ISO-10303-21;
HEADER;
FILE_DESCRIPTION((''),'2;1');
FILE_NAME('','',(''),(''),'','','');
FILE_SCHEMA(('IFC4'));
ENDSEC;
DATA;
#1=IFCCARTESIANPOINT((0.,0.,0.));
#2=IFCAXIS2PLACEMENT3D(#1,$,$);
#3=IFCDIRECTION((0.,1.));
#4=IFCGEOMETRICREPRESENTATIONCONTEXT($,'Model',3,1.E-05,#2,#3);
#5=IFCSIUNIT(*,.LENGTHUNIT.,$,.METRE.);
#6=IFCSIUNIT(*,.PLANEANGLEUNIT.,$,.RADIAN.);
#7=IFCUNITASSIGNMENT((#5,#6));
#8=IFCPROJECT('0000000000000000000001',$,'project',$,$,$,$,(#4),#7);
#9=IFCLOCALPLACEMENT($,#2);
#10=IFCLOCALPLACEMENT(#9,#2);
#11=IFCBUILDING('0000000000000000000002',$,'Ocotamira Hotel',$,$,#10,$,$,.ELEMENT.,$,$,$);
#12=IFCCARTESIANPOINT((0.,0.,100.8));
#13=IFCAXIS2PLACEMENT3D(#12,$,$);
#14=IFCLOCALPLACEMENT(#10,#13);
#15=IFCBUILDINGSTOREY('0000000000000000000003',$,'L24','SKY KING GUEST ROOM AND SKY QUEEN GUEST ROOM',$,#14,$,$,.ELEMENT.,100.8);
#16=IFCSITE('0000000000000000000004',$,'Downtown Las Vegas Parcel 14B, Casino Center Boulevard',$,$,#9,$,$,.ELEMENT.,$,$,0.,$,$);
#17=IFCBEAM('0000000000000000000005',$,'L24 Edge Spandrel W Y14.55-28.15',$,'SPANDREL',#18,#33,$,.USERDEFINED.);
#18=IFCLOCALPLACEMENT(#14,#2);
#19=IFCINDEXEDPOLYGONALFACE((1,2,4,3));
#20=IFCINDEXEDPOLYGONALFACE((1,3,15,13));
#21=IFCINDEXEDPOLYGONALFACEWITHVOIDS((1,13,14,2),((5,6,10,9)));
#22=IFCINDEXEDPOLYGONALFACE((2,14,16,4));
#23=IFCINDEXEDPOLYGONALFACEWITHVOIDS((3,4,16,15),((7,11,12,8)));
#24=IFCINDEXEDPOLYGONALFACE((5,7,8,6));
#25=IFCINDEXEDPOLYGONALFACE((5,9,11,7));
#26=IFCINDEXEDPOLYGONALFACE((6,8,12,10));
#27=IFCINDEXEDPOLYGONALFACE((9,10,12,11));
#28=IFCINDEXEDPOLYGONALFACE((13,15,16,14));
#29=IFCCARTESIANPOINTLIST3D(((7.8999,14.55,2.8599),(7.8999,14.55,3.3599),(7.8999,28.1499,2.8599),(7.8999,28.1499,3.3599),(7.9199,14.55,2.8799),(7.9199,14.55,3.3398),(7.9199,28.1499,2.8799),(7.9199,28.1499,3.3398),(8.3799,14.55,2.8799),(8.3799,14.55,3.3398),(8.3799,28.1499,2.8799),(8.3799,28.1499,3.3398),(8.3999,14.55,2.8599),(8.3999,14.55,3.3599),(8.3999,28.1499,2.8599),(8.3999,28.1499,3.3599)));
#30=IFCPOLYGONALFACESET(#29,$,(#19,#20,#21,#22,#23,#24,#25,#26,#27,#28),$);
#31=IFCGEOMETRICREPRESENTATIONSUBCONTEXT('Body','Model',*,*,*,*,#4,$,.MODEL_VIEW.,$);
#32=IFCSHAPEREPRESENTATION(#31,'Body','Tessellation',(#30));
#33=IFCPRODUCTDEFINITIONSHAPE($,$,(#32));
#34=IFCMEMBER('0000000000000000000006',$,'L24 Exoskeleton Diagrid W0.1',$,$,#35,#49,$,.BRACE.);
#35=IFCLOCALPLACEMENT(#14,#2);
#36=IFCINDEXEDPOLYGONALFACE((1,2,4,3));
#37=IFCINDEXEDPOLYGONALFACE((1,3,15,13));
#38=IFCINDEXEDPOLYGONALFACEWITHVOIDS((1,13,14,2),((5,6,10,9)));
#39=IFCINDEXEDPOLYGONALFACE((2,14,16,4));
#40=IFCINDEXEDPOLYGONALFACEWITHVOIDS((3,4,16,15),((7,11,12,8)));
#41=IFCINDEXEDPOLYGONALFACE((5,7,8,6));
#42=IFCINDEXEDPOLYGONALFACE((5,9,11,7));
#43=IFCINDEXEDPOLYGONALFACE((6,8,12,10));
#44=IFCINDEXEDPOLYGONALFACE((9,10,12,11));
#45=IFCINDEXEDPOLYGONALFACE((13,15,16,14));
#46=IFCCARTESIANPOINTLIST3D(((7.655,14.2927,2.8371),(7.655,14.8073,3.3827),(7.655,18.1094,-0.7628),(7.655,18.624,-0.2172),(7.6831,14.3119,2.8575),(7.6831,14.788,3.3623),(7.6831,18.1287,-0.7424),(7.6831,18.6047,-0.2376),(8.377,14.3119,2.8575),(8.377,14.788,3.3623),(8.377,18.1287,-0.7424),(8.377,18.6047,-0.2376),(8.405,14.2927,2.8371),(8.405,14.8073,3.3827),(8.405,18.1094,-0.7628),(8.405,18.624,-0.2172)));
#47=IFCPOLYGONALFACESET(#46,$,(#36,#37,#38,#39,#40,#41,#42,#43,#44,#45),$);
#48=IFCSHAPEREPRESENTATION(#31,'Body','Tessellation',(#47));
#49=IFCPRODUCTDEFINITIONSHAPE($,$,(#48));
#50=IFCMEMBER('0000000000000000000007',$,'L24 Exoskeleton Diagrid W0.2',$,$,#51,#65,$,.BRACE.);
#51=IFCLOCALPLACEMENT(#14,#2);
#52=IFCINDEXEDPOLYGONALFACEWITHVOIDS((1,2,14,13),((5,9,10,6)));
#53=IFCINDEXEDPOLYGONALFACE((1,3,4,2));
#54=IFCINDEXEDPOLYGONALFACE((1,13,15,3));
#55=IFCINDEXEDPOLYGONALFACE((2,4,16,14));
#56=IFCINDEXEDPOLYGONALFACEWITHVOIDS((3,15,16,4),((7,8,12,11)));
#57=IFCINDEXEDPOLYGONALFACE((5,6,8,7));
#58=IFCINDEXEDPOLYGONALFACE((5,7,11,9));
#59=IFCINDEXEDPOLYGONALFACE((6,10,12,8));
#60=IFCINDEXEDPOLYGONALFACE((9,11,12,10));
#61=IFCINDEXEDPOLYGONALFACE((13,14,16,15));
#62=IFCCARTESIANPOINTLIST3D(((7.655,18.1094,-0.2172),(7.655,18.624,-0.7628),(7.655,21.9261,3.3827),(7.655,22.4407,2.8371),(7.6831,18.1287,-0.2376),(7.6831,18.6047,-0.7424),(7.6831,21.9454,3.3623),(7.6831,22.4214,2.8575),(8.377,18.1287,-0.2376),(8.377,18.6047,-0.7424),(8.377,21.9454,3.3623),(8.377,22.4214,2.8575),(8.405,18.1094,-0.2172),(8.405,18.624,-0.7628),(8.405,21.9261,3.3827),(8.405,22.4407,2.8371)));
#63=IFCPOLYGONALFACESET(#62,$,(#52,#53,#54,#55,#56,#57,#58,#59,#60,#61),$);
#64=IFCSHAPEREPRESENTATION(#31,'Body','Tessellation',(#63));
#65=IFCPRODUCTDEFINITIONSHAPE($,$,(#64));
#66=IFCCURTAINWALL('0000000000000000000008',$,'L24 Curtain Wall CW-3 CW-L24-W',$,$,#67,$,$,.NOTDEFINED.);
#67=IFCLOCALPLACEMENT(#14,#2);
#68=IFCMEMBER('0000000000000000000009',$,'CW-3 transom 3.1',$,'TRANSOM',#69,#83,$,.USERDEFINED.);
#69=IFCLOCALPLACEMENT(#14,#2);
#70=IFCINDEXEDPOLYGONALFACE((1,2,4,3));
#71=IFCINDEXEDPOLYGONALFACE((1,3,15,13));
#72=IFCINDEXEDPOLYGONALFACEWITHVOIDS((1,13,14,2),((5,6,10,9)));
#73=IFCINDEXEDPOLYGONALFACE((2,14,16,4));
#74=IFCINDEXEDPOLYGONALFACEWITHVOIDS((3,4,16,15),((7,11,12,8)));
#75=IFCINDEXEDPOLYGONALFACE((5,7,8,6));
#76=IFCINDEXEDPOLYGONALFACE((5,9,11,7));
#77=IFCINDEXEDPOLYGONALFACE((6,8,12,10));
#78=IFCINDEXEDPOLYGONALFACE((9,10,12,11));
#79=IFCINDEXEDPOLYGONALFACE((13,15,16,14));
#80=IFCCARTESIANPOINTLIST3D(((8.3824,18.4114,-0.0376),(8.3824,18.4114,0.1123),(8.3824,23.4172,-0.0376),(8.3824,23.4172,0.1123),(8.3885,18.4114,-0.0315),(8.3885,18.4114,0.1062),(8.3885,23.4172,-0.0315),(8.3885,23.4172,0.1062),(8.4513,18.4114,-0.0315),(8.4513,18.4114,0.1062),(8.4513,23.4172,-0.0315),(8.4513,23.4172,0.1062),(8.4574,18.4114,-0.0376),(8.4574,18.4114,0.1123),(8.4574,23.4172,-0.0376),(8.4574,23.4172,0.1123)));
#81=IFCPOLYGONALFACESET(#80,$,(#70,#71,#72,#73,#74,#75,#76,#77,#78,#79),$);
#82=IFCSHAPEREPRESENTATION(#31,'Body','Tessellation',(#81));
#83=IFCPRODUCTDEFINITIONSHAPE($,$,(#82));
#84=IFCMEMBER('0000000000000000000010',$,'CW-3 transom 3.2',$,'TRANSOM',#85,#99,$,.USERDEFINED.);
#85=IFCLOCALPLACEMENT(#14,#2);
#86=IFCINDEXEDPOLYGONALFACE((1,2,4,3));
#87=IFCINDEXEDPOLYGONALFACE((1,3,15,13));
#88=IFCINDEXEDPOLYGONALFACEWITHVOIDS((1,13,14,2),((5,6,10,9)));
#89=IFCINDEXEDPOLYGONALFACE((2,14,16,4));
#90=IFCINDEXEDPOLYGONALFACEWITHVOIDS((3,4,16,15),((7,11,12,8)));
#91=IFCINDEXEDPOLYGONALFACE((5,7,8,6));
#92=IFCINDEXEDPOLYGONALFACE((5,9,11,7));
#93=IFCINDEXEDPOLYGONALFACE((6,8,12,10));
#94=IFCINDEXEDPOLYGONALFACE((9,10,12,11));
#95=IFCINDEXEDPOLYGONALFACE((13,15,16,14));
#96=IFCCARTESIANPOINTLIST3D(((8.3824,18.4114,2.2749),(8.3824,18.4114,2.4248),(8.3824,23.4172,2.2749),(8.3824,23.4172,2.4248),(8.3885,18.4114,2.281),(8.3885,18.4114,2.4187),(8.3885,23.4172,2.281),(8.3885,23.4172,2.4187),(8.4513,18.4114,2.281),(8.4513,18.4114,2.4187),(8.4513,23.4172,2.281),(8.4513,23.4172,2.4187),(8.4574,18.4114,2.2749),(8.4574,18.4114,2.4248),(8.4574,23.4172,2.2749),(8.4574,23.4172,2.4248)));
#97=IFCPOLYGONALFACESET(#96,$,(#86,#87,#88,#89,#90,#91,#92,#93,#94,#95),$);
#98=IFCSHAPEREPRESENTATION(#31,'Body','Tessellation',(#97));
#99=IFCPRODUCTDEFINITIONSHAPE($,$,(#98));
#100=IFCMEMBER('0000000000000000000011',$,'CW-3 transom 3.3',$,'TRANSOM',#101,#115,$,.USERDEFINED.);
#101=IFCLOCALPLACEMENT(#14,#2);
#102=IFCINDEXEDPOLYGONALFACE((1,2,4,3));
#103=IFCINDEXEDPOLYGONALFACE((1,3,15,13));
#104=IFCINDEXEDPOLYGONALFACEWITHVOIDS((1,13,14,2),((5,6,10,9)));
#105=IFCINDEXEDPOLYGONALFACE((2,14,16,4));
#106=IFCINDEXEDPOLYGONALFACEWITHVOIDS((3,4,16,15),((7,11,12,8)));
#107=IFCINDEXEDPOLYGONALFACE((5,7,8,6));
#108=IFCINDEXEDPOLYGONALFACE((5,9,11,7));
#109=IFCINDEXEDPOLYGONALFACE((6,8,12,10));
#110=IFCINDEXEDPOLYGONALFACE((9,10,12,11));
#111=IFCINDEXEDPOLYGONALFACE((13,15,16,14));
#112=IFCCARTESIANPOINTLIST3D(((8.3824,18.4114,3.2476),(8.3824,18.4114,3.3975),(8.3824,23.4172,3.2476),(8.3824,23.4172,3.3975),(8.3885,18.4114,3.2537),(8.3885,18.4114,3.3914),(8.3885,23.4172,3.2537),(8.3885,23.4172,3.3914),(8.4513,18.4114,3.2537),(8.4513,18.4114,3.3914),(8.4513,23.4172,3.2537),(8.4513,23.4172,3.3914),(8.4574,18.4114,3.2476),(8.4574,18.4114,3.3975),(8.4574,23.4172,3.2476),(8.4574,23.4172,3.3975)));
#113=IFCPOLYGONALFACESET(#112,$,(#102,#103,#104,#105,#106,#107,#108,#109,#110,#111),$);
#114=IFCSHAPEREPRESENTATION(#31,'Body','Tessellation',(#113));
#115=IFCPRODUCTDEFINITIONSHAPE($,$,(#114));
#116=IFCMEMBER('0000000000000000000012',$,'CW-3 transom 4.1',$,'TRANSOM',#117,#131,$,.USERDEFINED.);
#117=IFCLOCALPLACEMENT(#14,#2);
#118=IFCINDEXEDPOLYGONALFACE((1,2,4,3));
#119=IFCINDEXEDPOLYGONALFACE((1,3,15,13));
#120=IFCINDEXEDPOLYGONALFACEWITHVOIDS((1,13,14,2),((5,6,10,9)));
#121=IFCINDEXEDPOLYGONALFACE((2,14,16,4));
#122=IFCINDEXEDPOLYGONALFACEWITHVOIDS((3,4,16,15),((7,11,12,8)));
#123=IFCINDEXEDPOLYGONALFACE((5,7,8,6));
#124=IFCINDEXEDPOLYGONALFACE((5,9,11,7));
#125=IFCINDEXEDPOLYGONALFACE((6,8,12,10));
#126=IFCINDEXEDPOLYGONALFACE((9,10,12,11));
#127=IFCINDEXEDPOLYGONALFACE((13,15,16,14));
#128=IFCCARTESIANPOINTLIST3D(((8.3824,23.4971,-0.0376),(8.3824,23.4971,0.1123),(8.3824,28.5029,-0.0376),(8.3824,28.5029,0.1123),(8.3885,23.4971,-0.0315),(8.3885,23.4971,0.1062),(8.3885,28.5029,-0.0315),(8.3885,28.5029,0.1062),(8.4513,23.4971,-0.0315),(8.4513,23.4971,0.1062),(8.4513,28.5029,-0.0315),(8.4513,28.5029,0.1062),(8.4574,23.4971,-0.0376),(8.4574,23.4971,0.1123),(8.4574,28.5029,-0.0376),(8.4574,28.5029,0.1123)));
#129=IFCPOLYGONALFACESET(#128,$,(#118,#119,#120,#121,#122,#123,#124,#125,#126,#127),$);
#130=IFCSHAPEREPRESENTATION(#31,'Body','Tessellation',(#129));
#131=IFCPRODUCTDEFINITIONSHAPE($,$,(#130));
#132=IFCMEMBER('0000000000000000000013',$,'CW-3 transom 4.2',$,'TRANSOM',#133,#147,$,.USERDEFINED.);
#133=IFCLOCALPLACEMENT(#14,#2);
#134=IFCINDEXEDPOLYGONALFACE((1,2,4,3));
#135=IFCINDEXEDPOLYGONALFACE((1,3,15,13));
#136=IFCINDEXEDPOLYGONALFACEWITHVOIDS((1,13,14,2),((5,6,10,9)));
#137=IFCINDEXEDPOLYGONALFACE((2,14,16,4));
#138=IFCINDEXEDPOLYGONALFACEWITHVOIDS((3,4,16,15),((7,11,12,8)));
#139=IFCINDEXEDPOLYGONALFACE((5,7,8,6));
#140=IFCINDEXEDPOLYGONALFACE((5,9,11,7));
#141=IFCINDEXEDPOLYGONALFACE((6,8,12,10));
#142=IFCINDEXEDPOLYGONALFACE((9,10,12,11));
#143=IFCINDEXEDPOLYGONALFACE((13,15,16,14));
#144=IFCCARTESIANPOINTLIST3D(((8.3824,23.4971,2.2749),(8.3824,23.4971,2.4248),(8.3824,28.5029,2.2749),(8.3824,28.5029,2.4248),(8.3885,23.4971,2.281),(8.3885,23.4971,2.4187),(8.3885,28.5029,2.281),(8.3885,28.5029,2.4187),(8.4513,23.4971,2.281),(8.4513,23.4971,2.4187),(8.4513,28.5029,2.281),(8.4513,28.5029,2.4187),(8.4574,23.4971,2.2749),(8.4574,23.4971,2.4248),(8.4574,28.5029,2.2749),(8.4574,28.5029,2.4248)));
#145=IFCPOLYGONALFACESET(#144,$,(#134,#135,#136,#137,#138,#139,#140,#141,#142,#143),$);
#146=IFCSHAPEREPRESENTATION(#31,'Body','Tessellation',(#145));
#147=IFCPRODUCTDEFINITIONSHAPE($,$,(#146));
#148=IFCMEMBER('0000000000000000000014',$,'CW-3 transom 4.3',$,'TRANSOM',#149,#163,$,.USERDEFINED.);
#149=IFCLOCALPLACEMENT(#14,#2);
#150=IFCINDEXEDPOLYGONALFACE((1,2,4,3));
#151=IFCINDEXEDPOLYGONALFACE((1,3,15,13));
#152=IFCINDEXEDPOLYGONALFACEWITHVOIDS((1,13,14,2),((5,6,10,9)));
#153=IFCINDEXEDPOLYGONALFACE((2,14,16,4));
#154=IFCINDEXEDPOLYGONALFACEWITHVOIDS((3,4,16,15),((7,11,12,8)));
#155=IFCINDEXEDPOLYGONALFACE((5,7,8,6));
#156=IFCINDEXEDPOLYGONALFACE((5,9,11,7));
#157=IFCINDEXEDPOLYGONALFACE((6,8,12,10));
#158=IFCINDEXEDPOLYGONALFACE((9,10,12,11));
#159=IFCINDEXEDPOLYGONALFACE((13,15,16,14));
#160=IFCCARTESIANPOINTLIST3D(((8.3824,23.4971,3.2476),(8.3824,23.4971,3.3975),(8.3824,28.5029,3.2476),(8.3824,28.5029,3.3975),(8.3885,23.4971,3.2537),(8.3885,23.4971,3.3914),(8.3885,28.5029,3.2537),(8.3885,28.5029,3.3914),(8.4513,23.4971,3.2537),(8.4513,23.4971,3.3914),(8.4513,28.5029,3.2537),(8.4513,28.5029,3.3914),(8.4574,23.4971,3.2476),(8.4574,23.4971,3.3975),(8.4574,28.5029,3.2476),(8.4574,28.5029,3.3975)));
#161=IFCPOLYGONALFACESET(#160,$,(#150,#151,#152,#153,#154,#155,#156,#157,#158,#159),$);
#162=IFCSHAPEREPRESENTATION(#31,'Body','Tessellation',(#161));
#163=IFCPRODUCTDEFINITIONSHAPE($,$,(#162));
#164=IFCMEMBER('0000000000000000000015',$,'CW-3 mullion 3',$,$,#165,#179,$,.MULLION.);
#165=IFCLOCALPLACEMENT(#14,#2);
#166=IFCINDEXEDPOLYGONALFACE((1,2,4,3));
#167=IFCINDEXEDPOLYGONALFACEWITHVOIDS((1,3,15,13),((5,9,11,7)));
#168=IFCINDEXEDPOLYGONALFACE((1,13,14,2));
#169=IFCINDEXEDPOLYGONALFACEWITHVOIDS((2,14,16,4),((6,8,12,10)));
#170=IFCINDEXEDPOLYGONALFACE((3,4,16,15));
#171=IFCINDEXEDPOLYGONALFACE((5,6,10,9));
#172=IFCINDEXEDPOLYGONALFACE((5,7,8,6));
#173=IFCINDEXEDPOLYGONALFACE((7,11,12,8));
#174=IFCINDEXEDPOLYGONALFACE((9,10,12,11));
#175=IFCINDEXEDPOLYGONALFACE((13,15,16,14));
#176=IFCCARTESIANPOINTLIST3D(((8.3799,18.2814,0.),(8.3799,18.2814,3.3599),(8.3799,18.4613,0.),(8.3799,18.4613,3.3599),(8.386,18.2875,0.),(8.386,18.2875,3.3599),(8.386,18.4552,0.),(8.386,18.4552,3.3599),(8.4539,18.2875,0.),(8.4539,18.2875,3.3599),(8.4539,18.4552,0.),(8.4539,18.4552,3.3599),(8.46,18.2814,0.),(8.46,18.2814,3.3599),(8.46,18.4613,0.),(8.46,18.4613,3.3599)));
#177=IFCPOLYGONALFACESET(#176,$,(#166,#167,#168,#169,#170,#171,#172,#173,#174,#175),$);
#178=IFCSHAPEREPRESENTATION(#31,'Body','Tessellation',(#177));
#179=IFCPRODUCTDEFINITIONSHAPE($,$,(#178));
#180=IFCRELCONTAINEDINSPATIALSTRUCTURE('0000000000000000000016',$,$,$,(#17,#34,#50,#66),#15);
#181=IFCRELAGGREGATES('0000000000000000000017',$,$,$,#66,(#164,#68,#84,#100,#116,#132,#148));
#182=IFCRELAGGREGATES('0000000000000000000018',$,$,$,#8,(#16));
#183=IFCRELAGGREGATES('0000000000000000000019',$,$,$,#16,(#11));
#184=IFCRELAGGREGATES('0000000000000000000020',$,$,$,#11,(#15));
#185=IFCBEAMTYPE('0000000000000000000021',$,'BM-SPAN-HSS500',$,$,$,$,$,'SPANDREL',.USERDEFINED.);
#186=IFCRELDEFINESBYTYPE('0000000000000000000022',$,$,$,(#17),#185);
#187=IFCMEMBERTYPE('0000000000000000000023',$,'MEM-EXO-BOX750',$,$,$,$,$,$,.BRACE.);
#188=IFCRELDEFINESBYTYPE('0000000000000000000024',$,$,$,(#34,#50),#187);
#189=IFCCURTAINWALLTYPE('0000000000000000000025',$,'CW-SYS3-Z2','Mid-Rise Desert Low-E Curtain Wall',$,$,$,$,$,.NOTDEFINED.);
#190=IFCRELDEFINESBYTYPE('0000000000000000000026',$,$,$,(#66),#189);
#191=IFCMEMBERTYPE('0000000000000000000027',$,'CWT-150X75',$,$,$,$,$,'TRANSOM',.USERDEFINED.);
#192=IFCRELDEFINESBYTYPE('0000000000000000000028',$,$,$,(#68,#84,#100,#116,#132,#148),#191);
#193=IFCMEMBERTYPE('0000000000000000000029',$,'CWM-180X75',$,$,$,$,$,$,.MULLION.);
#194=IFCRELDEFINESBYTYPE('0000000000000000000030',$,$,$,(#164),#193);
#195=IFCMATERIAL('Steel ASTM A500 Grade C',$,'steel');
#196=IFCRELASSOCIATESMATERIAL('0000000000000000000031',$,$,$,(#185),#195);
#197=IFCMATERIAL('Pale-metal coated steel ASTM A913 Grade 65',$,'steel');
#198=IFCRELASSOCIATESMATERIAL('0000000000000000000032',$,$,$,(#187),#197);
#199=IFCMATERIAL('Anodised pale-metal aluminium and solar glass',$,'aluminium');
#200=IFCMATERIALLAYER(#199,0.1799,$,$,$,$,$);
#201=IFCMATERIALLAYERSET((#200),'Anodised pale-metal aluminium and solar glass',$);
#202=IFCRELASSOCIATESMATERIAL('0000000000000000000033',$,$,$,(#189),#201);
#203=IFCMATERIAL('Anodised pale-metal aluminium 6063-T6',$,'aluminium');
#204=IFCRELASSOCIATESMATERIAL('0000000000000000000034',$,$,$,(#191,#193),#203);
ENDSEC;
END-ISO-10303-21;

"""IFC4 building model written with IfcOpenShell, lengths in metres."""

from ifc_helpers import new_model, si_unit, direction, frame, origin, origin_2d, place, context, subcontext, project, spatial, hollow_rectangle, extrude, source, transform, mapped, material, layer, layer_set, material_profile, profile_set, type_object, element, aggregate, save


model = new_model("IFC4")

# Units and contexts
model_context = context("Model", 3, precision=1e-05, world=origin(), true_north=direction((0.0, 1.0)))
body_context = subcontext(model_context, "Body", "Model", "MODEL_VIEW")
ifc_project = project(units=[si_unit("LENGTHUNIT", "METRE"), si_unit("PLANEANGLEUNIT", "RADIAN")], contexts=[model_context])

# Site, building, storey
site_placement = place(None, origin())
site = spatial("IfcSite", under=ifc_project, at=site_placement, Name="Downtown Las Vegas Parcel 14B, Casino Center Boulevard", CompositionType="ELEMENT", RefElevation=0.0)
building_placement = place(site_placement, origin())
building = spatial("IfcBuilding", under=site, at=building_placement, Name="Ocotamira Hotel", CompositionType="ELEMENT")
storey_placement = place(building_placement, frame((0.0, 0.0, 100.8)))
storey = spatial("IfcBuildingStorey", under=building, at=storey_placement, Name="L24", Description="SKY KING GUEST ROOM AND SKY QUEEN GUEST ROOM", CompositionType="ELEMENT", Elevation=100.8)

# Beam
ifc_material_1 = material(Name="Steel ASTM A500 Grade C", Category="steel")
ifc_material_profile_1 = material_profile(ifc_material_1, hollow_rectangle(XDim=0.5, YDim=0.5, WallThickness=0.02, at=origin_2d()), Name="HSS500X500X20")
ifc_profile_set_1 = profile_set([ifc_material_profile_1], Name="Steel ASTM A500 Grade C")
beam_type_1 = type_object("IfcBeamType", Name="BM-SPAN-HSS500", ElementType="SPANDREL", PredefinedType="USERDEFINED", material=ifc_profile_set_1)
shared_shape_1 = source(origin(), body_context, "Body", "SweptSolid", [
    extrude(hollow_rectangle(XDim=0.5, YDim=0.5, WallThickness=0.02, at=origin_2d()), origin(), (0.0, 0.0, 1.0), 13.5999),
])
beam_1_placement = place(storey_placement, frame((8.1499, 14.55, 3.1099), z_axis=(0.0, 1.0, 0.0), x_axis=(-1.0, 0.0, 0.0)))
element("IfcBeam", 1, at=beam_1_placement, inside=storey, type_object=beam_type_1, Name="L24 Edge Spandrel W Y14.55-28.15", ObjectType="SPANDREL", PredefinedType="USERDEFINED", context=body_context, shape_type="MappedRepresentation", body=[
    mapped(shared_shape_1, transform((0.0, 0.0, 0.0), scale=1.0)),
])

# Members
ifc_material_2 = material(Name="Pale-metal coated steel ASTM A913 Grade 65", Category="steel")
ifc_material_profile_2 = material_profile(ifc_material_2, hollow_rectangle(XDim=0.75, YDim=0.75, WallThickness=0.0281, at=origin_2d()), Name="BOX750X750X28")
ifc_profile_set_2 = profile_set([ifc_material_profile_2], Name="Pale-metal coated steel ASTM A913 Grade 65")
member_type_1 = type_object("IfcMemberType", Name="MEM-EXO-BOX750", PredefinedType="BRACE", material=ifc_profile_set_2)
shared_shape_2 = source(origin(), body_context, "Body", "SweptSolid", [
    extrude(hollow_rectangle(XDim=0.75, YDim=0.75, WallThickness=0.0281, at=origin_2d()), origin(), (0.0, 0.0, 1.0), 5.2466),
])
for number, where, z_axis, x_axis, name in (
    (2, (8.03, 18.3667, -0.49), (0.0, -0.727466, 0.686144), (1.0, 0.0, 0.0), "L24 Exoskeleton Diagrid W0.1"),
    (3, (8.03, 18.3667, -0.49), (0.0, 0.727466, 0.686144), (-1.0, 0.0, 0.0), "L24 Exoskeleton Diagrid W0.2"),
):
    element("IfcMember", number, at=place(storey_placement, frame(where, z_axis=z_axis, x_axis=x_axis)), inside=storey, type_object=member_type_1, Name=name, PredefinedType="BRACE", context=body_context, shape_type="MappedRepresentation", body=[
        mapped(shared_shape_2, transform((0.0, 0.0, 0.0), scale=1.0)),
    ])

# Curtain wall, members
ifc_material_3 = material(Name="Anodised pale-metal aluminium and solar glass", Category="aluminium")
ifc_layer_1 = layer(ifc_material_3, 0.1799)
ifc_layer_set_1 = layer_set([ifc_layer_1], Name="Anodised pale-metal aluminium and solar glass")
curtain_wall_type = type_object("IfcCurtainWallType", Name="CW-SYS3-Z2", Description="Mid-Rise Desert Low-E Curtain Wall", PredefinedType="NOTDEFINED", material=ifc_layer_set_1)
curtain_wall_placement = place(storey_placement, origin())
curtain_wall = element("IfcCurtainWall", 4, at=curtain_wall_placement, inside=storey, type_object=curtain_wall_type, Name="L24 Curtain Wall CW-3 CW-L24-W", PredefinedType="NOTDEFINED")
ifc_material_4 = material(Name="Anodised pale-metal aluminium 6063-T6", Category="aluminium")
ifc_material_profile_3 = material_profile(ifc_material_4, hollow_rectangle(XDim=0.075, YDim=0.1499, WallThickness=0.0061, at=origin_2d()), Name="HSS150X75X6")
ifc_profile_set_3 = profile_set([ifc_material_profile_3], Name="Anodised pale-metal aluminium 6063-T6")
member_type_2 = type_object("IfcMemberType", Name="CWT-150X75", ElementType="TRANSOM", PredefinedType="USERDEFINED", material=ifc_profile_set_3)
shared_shape_3 = source(origin(), body_context, "Body", "SweptSolid", [
    extrude(hollow_rectangle(XDim=0.075, YDim=0.1499, WallThickness=0.0061, at=origin_2d()), origin(), (0.0, 0.0, 1.0), 5.0059),
])
member_1_placement = place(storey_placement, frame((8.4199, 18.4114, 0.0374), z_axis=(0.0, 1.0, 0.0), x_axis=(-1.0, 0.0, 0.0)))
member_1 = element("IfcMember", 5, at=member_1_placement, type_object=member_type_2, Name="CW-3 transom 3.1", ObjectType="TRANSOM", PredefinedType="USERDEFINED", context=body_context, shape_type="MappedRepresentation", body=[
    mapped(shared_shape_3, transform((0.0, 0.0, 0.0), scale=1.0)),
])
member_2_placement = place(storey_placement, frame((8.4199, 18.4114, 2.3499), z_axis=(0.0, 1.0, 0.0), x_axis=(-1.0, 0.0, 0.0)))
member_2 = element("IfcMember", 6, at=member_2_placement, type_object=member_type_2, Name="CW-3 transom 3.2", ObjectType="TRANSOM", PredefinedType="USERDEFINED", context=body_context, shape_type="MappedRepresentation", body=[
    mapped(shared_shape_3, transform((0.0, 0.0, 0.0), scale=1.0)),
])
member_3_placement = place(storey_placement, frame((8.4199, 18.4114, 3.3225), z_axis=(0.0, 1.0, 0.0), x_axis=(-1.0, 0.0, 0.0)))
member_3 = element("IfcMember", 7, at=member_3_placement, type_object=member_type_2, Name="CW-3 transom 3.3", ObjectType="TRANSOM", PredefinedType="USERDEFINED", context=body_context, shape_type="MappedRepresentation", body=[
    mapped(shared_shape_3, transform((0.0, 0.0, 0.0), scale=1.0)),
])
member_4_placement = place(storey_placement, frame((8.4199, 23.4971, 0.0374), z_axis=(0.0, 1.0, 0.0), x_axis=(-1.0, 0.0, 0.0)))
member_4 = element("IfcMember", 8, at=member_4_placement, type_object=member_type_2, Name="CW-3 transom 4.1", ObjectType="TRANSOM", PredefinedType="USERDEFINED", context=body_context, shape_type="MappedRepresentation", body=[
    mapped(shared_shape_3, transform((0.0, 0.0, 0.0), scale=1.0)),
])
member_5_placement = place(storey_placement, frame((8.4199, 23.4971, 2.3499), z_axis=(0.0, 1.0, 0.0), x_axis=(-1.0, 0.0, 0.0)))
member_5 = element("IfcMember", 9, at=member_5_placement, type_object=member_type_2, Name="CW-3 transom 4.2", ObjectType="TRANSOM", PredefinedType="USERDEFINED", context=body_context, shape_type="MappedRepresentation", body=[
    mapped(shared_shape_3, transform((0.0, 0.0, 0.0), scale=1.0)),
])
member_6_placement = place(storey_placement, frame((8.4199, 23.4971, 3.3225), z_axis=(0.0, 1.0, 0.0), x_axis=(-1.0, 0.0, 0.0)))
member_6 = element("IfcMember", 10, at=member_6_placement, type_object=member_type_2, Name="CW-3 transom 4.3", ObjectType="TRANSOM", PredefinedType="USERDEFINED", context=body_context, shape_type="MappedRepresentation", body=[
    mapped(shared_shape_3, transform((0.0, 0.0, 0.0), scale=1.0)),
])
ifc_material_profile_4 = material_profile(ifc_material_4, hollow_rectangle(XDim=0.0801, YDim=0.1799, WallThickness=0.0061, at=origin_2d()), Name="HSS180X80X6")
ifc_profile_set_4 = profile_set([ifc_material_profile_4], Name="Anodised pale-metal aluminium 6063-T6")
member_type_3 = type_object("IfcMemberType", Name="CWM-180X75", PredefinedType="MULLION", material=ifc_profile_set_4)
shared_shape_4 = source(origin(), body_context, "Body", "SweptSolid", [
    extrude(hollow_rectangle(XDim=0.0801, YDim=0.1799, WallThickness=0.0061, at=origin_2d()), origin(), (0.0, 0.0, 1.0), 3.3599),
])
member_7_placement = place(storey_placement, frame((8.4199, 18.3713, 0.0), z_axis=(0.0, 0.0, 1.0), x_axis=(-1.0, 0.0, 0.0)))
member_7 = element("IfcMember", 11, at=member_7_placement, type_object=member_type_3, Name="CW-3 mullion 3", PredefinedType="MULLION", context=body_context, shape_type="MappedRepresentation", body=[
    mapped(shared_shape_4, transform((0.0, 0.0, 0.0), scale=1.0)),
])

aggregate(curtain_wall, [member_7, member_1, member_2, member_3, member_4, member_5, member_6])

save(model, "model.ifc")
